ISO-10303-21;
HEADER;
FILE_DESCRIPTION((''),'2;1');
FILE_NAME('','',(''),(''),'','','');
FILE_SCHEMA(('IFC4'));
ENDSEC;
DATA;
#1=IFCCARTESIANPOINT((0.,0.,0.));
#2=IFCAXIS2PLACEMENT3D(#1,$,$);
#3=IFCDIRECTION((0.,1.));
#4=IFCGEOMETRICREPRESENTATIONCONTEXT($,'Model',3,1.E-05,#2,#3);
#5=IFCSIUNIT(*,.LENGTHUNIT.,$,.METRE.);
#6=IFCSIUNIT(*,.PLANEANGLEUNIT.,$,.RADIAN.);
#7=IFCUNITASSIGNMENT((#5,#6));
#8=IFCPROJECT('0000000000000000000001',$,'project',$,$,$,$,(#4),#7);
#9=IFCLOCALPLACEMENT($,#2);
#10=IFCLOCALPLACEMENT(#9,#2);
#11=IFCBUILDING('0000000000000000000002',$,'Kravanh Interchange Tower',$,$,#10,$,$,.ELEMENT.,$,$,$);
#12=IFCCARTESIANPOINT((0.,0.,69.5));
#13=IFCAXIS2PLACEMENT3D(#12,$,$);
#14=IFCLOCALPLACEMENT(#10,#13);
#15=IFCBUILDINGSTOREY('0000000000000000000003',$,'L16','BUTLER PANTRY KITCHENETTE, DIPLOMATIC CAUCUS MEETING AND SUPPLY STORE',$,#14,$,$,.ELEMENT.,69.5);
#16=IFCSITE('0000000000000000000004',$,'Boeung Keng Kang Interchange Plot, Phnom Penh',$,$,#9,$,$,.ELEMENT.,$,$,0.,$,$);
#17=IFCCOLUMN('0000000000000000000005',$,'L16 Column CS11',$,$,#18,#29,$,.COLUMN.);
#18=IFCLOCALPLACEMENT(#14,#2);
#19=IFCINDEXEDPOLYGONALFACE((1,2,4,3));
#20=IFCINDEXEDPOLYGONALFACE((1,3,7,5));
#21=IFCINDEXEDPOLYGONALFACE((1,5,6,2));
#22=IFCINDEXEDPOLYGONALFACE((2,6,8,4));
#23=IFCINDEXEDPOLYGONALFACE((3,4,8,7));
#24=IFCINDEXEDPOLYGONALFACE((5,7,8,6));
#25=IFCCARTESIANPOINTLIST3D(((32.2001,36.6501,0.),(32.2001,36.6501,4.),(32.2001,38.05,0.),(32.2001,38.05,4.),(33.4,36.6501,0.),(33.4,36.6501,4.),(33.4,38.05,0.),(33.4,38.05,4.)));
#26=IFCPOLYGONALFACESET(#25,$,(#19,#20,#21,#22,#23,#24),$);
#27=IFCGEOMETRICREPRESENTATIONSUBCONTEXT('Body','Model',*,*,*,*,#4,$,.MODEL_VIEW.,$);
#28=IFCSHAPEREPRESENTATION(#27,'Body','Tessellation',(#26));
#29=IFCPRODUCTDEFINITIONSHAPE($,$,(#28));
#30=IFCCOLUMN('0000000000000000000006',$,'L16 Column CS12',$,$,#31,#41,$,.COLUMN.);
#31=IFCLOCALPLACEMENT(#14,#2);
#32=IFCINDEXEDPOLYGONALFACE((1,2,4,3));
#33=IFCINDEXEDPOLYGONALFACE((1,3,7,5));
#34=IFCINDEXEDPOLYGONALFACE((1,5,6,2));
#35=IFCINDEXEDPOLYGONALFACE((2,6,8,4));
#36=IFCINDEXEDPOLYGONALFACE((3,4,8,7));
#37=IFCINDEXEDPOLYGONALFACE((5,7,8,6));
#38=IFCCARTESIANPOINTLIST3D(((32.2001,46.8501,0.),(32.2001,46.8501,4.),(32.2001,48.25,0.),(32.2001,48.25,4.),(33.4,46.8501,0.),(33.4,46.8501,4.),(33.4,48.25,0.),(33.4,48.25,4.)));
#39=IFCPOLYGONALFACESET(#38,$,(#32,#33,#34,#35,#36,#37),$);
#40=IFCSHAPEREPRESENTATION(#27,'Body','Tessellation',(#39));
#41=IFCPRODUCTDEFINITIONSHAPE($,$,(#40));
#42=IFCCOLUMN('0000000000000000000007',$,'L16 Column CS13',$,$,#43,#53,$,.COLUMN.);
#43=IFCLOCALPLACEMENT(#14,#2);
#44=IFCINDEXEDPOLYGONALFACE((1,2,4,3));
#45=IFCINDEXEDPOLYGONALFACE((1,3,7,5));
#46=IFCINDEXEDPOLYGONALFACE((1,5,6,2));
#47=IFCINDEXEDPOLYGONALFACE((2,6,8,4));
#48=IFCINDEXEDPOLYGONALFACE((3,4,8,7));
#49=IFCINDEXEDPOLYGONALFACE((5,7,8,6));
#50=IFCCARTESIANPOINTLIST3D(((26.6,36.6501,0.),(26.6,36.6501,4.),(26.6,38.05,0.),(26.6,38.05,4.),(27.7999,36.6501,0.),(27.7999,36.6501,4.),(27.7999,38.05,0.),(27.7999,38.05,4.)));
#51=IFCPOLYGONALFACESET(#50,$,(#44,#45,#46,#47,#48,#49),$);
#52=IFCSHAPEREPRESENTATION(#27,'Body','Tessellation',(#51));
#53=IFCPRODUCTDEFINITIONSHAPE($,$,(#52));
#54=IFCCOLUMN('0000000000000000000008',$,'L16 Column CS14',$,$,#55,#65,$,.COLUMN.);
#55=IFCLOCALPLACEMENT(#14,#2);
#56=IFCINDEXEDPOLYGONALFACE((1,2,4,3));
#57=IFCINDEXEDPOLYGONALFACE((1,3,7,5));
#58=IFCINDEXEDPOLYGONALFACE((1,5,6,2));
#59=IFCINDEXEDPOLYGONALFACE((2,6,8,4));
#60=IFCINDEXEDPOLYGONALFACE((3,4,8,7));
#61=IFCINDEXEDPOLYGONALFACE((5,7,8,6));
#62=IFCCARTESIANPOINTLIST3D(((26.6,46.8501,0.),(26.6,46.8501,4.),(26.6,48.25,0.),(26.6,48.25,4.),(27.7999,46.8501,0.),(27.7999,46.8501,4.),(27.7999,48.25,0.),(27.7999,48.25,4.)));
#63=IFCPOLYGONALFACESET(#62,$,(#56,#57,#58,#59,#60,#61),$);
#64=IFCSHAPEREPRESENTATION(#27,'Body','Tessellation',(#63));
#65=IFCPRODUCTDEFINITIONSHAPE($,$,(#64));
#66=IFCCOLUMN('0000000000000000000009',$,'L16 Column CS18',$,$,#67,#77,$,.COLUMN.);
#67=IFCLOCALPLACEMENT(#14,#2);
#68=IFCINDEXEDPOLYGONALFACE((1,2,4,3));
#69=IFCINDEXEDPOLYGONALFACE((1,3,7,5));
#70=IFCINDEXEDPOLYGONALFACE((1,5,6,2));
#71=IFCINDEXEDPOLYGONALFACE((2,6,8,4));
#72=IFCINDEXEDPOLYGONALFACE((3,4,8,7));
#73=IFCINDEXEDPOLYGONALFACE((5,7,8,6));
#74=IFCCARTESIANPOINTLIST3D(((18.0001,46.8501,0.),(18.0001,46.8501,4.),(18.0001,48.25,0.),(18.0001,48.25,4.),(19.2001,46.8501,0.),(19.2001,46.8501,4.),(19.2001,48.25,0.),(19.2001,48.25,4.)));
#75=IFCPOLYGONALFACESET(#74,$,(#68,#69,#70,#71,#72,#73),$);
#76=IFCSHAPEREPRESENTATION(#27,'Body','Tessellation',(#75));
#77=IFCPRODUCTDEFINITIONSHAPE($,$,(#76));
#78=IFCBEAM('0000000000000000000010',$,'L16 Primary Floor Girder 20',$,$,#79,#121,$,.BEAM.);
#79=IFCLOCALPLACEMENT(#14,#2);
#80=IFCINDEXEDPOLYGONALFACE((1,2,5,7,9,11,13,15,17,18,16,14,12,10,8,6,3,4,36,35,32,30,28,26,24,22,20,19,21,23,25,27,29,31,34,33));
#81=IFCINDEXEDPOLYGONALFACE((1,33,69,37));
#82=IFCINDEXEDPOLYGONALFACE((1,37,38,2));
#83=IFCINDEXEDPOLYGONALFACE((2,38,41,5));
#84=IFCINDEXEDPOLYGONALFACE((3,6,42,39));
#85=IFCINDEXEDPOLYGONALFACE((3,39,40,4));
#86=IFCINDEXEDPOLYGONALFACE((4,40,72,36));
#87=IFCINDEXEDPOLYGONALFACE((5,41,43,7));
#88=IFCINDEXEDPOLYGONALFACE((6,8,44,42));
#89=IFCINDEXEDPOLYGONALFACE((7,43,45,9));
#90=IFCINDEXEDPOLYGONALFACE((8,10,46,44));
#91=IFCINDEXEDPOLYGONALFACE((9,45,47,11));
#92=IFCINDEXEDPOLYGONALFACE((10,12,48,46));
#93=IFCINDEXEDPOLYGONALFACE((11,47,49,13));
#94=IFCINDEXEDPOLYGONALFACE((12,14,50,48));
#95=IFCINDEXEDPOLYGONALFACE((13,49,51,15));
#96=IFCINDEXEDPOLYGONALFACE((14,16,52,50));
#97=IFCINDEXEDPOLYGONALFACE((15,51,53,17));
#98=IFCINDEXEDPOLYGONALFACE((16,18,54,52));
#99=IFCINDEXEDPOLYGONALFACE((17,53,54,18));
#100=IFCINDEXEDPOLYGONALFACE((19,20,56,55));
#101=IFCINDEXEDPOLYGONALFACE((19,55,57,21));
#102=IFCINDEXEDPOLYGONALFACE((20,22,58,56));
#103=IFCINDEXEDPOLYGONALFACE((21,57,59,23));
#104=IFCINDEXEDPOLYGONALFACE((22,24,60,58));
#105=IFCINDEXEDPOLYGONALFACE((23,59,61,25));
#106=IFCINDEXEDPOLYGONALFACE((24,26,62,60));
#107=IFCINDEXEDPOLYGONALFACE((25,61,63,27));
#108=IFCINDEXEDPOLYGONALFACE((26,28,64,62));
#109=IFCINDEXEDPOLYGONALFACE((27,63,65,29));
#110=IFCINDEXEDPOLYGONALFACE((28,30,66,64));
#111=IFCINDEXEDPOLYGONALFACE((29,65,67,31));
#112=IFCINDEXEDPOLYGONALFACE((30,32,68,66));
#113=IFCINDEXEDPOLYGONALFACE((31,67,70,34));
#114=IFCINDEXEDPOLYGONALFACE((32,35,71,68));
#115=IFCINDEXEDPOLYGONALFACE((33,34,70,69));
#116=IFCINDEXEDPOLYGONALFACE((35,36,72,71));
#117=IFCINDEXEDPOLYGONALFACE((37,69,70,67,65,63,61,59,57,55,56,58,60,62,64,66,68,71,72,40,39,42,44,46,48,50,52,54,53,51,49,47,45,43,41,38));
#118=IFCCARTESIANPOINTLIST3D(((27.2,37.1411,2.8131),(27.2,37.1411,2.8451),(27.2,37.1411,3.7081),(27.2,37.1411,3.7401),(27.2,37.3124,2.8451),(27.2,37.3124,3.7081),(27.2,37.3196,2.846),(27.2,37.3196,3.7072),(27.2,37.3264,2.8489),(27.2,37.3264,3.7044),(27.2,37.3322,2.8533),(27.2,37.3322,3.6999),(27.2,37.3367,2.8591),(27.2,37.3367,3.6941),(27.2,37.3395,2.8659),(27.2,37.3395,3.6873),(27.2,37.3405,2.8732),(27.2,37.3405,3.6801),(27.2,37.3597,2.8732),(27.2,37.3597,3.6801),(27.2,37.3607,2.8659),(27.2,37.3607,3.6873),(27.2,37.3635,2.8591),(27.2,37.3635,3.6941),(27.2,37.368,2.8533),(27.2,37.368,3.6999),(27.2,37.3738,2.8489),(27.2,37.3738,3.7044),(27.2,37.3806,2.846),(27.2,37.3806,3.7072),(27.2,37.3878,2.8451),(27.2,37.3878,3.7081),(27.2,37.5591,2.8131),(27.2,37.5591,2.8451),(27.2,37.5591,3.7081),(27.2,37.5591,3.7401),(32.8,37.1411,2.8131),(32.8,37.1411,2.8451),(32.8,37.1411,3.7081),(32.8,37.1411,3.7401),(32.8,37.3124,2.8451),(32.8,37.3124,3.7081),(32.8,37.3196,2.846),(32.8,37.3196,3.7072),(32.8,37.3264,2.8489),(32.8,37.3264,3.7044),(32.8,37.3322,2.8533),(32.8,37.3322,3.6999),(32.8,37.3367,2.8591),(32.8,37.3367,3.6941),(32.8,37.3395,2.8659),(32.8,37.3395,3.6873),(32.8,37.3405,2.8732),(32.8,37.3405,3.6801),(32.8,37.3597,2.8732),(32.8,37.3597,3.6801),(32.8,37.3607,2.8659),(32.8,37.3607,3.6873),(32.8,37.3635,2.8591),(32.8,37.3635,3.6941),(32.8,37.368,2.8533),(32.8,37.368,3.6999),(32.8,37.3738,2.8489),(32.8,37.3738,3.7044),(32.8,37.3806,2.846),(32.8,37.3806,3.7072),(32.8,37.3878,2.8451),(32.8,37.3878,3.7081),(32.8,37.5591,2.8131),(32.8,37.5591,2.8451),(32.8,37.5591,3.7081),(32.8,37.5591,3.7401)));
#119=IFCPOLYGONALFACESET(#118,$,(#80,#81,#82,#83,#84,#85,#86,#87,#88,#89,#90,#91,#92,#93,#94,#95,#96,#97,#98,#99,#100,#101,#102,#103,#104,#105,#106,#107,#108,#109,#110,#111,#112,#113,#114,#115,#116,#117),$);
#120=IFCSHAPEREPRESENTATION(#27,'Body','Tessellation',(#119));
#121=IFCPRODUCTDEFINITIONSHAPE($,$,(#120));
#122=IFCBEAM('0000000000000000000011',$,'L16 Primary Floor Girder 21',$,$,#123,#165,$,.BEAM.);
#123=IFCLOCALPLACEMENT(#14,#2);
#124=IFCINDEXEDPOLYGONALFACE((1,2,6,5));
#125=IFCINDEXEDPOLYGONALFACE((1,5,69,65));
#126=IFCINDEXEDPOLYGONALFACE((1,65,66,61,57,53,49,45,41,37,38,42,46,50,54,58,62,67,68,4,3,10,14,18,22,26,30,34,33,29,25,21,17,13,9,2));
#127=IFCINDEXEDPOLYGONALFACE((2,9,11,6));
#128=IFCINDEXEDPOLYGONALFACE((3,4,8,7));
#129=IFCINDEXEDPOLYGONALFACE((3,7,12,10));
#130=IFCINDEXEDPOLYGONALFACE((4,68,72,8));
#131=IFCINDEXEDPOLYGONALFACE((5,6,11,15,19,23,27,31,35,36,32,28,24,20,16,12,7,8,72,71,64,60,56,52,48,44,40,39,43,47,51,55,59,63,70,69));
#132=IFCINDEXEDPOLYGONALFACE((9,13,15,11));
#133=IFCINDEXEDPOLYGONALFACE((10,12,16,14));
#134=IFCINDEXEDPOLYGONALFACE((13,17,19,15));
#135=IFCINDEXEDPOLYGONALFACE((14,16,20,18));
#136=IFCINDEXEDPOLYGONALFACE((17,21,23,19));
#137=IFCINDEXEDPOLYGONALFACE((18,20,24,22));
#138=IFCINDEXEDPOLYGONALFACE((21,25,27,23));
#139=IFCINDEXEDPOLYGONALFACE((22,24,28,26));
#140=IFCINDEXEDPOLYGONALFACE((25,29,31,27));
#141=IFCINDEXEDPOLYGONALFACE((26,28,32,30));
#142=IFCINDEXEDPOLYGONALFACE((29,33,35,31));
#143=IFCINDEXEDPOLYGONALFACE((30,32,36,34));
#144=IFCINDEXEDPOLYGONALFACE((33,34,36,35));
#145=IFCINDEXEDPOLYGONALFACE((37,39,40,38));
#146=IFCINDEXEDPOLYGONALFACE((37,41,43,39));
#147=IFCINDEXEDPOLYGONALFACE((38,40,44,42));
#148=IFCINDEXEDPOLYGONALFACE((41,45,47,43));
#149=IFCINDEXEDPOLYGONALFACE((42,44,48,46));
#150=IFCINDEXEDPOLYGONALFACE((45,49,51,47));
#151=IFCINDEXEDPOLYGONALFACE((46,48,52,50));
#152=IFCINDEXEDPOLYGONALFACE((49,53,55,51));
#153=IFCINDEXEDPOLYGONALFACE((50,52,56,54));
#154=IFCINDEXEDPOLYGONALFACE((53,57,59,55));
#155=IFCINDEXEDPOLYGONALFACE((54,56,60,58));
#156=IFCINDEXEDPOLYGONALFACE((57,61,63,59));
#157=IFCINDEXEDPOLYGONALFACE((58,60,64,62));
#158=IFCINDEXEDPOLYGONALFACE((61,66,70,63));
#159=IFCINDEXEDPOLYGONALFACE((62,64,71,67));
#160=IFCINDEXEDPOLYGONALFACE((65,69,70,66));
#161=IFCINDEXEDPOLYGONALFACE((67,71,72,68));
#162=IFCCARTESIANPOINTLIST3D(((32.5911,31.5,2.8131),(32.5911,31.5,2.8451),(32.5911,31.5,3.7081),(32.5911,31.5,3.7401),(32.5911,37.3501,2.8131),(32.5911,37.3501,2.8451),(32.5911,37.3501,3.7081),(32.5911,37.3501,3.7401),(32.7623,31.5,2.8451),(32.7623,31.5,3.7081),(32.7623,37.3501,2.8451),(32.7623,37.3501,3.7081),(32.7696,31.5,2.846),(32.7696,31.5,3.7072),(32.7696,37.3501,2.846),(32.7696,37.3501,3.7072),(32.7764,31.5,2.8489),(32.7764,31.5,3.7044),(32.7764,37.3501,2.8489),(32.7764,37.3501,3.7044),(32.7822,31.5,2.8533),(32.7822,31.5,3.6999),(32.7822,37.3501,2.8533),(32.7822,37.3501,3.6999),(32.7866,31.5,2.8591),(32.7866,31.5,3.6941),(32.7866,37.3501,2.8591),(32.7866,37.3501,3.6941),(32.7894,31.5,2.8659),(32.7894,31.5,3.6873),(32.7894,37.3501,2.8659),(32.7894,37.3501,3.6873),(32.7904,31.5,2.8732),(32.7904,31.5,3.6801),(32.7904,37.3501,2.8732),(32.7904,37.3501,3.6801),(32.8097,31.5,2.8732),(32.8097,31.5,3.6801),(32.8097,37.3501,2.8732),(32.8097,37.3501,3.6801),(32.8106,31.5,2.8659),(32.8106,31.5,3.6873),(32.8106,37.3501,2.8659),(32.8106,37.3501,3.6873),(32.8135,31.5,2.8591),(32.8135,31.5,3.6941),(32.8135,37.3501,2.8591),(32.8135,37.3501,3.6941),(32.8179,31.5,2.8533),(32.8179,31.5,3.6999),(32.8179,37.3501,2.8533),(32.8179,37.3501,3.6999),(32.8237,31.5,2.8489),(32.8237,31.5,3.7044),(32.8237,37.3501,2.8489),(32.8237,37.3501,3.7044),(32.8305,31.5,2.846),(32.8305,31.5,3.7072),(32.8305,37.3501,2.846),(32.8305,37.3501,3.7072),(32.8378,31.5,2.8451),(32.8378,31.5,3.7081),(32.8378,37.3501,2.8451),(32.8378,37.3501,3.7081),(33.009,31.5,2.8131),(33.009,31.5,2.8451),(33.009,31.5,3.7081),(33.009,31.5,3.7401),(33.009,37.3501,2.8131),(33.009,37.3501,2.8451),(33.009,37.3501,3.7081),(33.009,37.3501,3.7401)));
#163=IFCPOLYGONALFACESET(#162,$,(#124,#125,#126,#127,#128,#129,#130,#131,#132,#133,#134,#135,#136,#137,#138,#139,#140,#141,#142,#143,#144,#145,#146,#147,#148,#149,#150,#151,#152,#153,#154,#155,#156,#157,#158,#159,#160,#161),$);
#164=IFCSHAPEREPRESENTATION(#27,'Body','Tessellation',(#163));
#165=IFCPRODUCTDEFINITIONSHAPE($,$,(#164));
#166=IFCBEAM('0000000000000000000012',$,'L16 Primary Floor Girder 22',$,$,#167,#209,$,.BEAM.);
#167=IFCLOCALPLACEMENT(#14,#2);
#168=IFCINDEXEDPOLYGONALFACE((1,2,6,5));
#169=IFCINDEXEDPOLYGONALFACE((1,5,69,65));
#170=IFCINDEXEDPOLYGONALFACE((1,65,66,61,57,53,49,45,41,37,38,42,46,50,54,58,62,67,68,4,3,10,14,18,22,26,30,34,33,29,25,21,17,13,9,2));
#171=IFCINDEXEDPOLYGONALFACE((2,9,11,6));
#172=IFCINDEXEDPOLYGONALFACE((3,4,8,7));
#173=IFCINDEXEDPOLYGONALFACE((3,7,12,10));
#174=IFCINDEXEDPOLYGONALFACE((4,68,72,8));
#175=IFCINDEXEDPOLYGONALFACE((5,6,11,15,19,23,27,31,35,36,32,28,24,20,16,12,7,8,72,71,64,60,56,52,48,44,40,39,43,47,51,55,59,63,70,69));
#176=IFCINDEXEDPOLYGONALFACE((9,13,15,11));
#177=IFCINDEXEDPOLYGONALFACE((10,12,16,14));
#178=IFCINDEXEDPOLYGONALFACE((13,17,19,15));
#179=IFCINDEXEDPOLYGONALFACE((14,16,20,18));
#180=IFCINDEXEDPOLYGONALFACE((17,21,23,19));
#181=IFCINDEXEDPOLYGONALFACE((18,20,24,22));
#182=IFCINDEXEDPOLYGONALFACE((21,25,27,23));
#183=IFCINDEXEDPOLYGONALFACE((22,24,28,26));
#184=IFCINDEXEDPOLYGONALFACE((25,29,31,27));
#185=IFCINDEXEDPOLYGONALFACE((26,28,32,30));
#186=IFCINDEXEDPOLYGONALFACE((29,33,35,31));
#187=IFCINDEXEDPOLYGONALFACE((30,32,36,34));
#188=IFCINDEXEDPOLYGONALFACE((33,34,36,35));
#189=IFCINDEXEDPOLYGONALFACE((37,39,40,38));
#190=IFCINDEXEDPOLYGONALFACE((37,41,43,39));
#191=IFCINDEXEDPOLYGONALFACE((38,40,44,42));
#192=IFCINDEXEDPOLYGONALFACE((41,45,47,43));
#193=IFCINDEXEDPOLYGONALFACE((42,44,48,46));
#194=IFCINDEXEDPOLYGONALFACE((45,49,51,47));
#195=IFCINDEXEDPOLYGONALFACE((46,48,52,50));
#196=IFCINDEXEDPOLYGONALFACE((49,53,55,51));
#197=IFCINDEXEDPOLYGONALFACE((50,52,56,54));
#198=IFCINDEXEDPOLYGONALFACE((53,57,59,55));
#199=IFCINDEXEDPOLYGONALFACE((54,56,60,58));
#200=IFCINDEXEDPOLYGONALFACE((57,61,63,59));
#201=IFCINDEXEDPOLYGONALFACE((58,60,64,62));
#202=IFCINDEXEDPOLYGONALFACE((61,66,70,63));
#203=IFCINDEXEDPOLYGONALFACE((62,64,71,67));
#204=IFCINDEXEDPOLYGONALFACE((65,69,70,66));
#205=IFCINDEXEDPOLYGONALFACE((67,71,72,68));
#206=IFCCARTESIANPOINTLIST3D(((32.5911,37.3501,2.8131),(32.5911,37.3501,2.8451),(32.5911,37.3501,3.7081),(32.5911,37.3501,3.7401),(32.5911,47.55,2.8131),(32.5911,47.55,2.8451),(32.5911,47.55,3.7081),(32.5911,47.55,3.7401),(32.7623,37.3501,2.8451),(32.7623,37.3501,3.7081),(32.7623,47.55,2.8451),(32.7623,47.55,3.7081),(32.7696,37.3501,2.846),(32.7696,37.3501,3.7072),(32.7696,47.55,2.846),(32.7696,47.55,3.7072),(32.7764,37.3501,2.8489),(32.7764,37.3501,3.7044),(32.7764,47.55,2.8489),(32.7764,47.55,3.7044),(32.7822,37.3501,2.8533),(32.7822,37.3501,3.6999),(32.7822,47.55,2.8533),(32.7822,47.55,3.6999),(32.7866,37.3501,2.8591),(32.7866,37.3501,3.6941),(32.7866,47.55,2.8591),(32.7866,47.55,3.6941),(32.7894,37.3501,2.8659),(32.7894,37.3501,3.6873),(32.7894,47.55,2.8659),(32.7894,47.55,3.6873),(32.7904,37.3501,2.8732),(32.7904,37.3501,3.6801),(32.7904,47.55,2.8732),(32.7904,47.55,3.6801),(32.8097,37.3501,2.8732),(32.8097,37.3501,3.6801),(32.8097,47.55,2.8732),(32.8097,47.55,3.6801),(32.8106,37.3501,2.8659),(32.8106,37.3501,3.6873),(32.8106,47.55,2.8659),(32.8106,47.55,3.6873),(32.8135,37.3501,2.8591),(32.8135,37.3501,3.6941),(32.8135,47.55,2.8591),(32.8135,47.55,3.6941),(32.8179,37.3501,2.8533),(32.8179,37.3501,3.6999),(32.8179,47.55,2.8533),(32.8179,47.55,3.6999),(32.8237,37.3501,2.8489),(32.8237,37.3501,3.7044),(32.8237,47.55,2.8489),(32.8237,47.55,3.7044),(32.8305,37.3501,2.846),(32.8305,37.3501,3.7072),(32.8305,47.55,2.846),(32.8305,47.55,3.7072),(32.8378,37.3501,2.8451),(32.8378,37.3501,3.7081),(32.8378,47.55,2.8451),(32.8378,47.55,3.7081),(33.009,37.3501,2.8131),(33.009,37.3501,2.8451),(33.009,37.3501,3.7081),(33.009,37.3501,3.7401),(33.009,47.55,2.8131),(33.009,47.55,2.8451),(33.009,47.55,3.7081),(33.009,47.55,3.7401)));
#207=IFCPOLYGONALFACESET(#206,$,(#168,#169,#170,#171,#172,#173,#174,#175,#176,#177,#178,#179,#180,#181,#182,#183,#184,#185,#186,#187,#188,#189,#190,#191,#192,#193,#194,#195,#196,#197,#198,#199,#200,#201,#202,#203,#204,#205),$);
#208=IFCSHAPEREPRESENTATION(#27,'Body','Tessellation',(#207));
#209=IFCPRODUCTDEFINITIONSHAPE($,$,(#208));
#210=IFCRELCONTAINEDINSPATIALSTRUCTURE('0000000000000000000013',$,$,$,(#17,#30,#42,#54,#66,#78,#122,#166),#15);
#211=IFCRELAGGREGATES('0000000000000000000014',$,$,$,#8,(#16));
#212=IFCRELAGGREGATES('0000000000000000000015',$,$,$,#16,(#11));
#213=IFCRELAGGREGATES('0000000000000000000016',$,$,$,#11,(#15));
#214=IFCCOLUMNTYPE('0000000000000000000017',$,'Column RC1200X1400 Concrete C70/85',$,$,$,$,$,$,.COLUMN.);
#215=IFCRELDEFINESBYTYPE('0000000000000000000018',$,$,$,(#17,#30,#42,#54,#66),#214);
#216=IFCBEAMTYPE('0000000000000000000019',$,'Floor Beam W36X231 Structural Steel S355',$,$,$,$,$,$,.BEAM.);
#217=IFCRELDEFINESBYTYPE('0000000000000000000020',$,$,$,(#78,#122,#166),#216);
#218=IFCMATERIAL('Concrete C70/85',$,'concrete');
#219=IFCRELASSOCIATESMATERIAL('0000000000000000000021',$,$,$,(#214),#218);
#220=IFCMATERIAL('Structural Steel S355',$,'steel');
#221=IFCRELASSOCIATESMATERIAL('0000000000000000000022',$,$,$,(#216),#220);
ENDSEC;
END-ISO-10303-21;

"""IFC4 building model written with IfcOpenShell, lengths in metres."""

from ifc_helpers import new_model, si_unit, direction, frame, origin, origin_2d, place, context, subcontext, project, spatial, rectangle, i_section, extrude, material, material_profile, profile_set, type_object, element, save


model = new_model("IFC4")

# Units and contexts
model_context = context("Model", 3, precision=1e-05, world=origin(), true_north=direction((0.0, 1.0)))
body_context = subcontext(model_context, "Body", "Model", "MODEL_VIEW")
ifc_project = project(units=[si_unit("LENGTHUNIT", "METRE"), si_unit("PLANEANGLEUNIT", "RADIAN")], contexts=[model_context])

# Site, building, storey
site_placement = place(None, origin())
site = spatial("IfcSite", under=ifc_project, at=site_placement, Name="Boeung Keng Kang Interchange Plot, Phnom Penh", CompositionType="ELEMENT", RefElevation=0.0)
building_placement = place(site_placement, origin())
building = spatial("IfcBuilding", under=site, at=building_placement, Name="Kravanh Interchange Tower", CompositionType="ELEMENT")
storey_placement = place(building_placement, frame((0.0, 0.0, 69.5)))
storey = spatial("IfcBuildingStorey", under=building, at=storey_placement, Name="L16", Description="BUTLER PANTRY KITCHENETTE, DIPLOMATIC CAUCUS MEETING AND SUPPLY STORE", CompositionType="ELEMENT", Elevation=69.5)

# Columns
ifc_material_1 = material(Name="Concrete C70/85", Category="concrete")
ifc_material_profile_1 = material_profile(ifc_material_1, rectangle(XDim=1.2, YDim=1.3999, at=origin_2d()), Name="RC1200X1400")
ifc_profile_set_1 = profile_set([ifc_material_profile_1], Name="Concrete C70/85")
column_type = type_object("IfcColumnType", Name="Column RC1200X1400 Concrete C70/85", PredefinedType="COLUMN", material=ifc_profile_set_1)
for number, where, z_axis, x_axis, name in (
    (1, (32.8, 37.3501, 0.0), (0.0, 0.0, 1.0), (1.0, 0.0, 0.0), "L16 Column CS11"),
    (2, (32.8, 47.55, 0.0), (0.0, 0.0, 1.0), (1.0, 0.0, 0.0), "L16 Column CS12"),
    (3, (27.2, 37.3501, 0.0), (0.0, 0.0, 1.0), (1.0, 0.0, 0.0), "L16 Column CS13"),
    (4, (27.2, 47.55, 0.0), (0.0, 0.0, 1.0), (1.0, 0.0, 0.0), "L16 Column CS14"),
    (5, (18.6001, 47.55, 0.0), (0.0, 0.0, 1.0), (1.0, 0.0, 0.0), "L16 Column CS18"),
):
    element("IfcColumn", number, at=place(storey_placement, frame(where, z_axis=z_axis, x_axis=x_axis)), inside=storey, type_object=column_type, Name=name, PredefinedType="COLUMN", context=body_context, shape_type="SweptSolid", body=[
        extrude(rectangle(XDim=1.2, YDim=1.3999, at=origin_2d()), origin(), (0.0, 0.0, 1.0), 4.0),
    ])

# Beams
ifc_material_2 = material(Name="Structural Steel S355", Category="steel")
ifc_material_profile_2 = material_profile(ifc_material_2, i_section(OverallWidth=0.418, OverallDepth=0.927, WebThickness=0.0193, FlangeThickness=0.032, FilletRadius=0.0281, at=origin_2d()), Name="W36X231")
ifc_profile_set_2 = profile_set([ifc_material_profile_2], Name="Structural Steel S355")
beam_type = type_object("IfcBeamType", Name="Floor Beam W36X231 Structural Steel S355", PredefinedType="BEAM", material=ifc_profile_set_2)
beam_1_placement = place(storey_placement, frame((32.8, 37.3501, 3.2766), z_axis=(-1.0, 0.0, 0.0), x_axis=(0.0, -1.0, 0.0)))
element("IfcBeam", 6, at=beam_1_placement, inside=storey, type_object=beam_type, Name="L16 Primary Floor Girder 20", PredefinedType="BEAM", context=body_context, shape_type="SweptSolid", body=[
    extrude(i_section(OverallWidth=0.418, OverallDepth=0.927, WebThickness=0.0193, FlangeThickness=0.032, FilletRadius=0.0281, at=origin_2d()), origin(), (0.0, 0.0, 1.0), 5.6001),
])
beam_2_placement = place(storey_placement, frame((32.8, 37.3501, 3.2766), z_axis=(0.0, -1.0, 0.0), x_axis=(1.0, 0.0, 0.0)))
element("IfcBeam", 7, at=beam_2_placement, inside=storey, type_object=beam_type, Name="L16 Primary Floor Girder 21", PredefinedType="BEAM", context=body_context, shape_type="SweptSolid", body=[
    extrude(i_section(OverallWidth=0.418, OverallDepth=0.927, WebThickness=0.0193, FlangeThickness=0.032, FilletRadius=0.0281, at=origin_2d()), origin(), (0.0, 0.0, 1.0), 5.8501),
])
beam_3_placement = place(storey_placement, frame((32.8, 37.3501, 3.2766), z_axis=(0.0, 1.0, 0.0), x_axis=(-1.0, 0.0, 0.0)))
element("IfcBeam", 8, at=beam_3_placement, inside=storey, type_object=beam_type, Name="L16 Primary Floor Girder 22", PredefinedType="BEAM", context=body_context, shape_type="SweptSolid", body=[
    extrude(i_section(OverallWidth=0.418, OverallDepth=0.927, WebThickness=0.0193, FlangeThickness=0.032, FilletRadius=0.0281, at=origin_2d()), origin(), (0.0, 0.0, 1.0), 10.2),
])

save(model, "model.ifc")
